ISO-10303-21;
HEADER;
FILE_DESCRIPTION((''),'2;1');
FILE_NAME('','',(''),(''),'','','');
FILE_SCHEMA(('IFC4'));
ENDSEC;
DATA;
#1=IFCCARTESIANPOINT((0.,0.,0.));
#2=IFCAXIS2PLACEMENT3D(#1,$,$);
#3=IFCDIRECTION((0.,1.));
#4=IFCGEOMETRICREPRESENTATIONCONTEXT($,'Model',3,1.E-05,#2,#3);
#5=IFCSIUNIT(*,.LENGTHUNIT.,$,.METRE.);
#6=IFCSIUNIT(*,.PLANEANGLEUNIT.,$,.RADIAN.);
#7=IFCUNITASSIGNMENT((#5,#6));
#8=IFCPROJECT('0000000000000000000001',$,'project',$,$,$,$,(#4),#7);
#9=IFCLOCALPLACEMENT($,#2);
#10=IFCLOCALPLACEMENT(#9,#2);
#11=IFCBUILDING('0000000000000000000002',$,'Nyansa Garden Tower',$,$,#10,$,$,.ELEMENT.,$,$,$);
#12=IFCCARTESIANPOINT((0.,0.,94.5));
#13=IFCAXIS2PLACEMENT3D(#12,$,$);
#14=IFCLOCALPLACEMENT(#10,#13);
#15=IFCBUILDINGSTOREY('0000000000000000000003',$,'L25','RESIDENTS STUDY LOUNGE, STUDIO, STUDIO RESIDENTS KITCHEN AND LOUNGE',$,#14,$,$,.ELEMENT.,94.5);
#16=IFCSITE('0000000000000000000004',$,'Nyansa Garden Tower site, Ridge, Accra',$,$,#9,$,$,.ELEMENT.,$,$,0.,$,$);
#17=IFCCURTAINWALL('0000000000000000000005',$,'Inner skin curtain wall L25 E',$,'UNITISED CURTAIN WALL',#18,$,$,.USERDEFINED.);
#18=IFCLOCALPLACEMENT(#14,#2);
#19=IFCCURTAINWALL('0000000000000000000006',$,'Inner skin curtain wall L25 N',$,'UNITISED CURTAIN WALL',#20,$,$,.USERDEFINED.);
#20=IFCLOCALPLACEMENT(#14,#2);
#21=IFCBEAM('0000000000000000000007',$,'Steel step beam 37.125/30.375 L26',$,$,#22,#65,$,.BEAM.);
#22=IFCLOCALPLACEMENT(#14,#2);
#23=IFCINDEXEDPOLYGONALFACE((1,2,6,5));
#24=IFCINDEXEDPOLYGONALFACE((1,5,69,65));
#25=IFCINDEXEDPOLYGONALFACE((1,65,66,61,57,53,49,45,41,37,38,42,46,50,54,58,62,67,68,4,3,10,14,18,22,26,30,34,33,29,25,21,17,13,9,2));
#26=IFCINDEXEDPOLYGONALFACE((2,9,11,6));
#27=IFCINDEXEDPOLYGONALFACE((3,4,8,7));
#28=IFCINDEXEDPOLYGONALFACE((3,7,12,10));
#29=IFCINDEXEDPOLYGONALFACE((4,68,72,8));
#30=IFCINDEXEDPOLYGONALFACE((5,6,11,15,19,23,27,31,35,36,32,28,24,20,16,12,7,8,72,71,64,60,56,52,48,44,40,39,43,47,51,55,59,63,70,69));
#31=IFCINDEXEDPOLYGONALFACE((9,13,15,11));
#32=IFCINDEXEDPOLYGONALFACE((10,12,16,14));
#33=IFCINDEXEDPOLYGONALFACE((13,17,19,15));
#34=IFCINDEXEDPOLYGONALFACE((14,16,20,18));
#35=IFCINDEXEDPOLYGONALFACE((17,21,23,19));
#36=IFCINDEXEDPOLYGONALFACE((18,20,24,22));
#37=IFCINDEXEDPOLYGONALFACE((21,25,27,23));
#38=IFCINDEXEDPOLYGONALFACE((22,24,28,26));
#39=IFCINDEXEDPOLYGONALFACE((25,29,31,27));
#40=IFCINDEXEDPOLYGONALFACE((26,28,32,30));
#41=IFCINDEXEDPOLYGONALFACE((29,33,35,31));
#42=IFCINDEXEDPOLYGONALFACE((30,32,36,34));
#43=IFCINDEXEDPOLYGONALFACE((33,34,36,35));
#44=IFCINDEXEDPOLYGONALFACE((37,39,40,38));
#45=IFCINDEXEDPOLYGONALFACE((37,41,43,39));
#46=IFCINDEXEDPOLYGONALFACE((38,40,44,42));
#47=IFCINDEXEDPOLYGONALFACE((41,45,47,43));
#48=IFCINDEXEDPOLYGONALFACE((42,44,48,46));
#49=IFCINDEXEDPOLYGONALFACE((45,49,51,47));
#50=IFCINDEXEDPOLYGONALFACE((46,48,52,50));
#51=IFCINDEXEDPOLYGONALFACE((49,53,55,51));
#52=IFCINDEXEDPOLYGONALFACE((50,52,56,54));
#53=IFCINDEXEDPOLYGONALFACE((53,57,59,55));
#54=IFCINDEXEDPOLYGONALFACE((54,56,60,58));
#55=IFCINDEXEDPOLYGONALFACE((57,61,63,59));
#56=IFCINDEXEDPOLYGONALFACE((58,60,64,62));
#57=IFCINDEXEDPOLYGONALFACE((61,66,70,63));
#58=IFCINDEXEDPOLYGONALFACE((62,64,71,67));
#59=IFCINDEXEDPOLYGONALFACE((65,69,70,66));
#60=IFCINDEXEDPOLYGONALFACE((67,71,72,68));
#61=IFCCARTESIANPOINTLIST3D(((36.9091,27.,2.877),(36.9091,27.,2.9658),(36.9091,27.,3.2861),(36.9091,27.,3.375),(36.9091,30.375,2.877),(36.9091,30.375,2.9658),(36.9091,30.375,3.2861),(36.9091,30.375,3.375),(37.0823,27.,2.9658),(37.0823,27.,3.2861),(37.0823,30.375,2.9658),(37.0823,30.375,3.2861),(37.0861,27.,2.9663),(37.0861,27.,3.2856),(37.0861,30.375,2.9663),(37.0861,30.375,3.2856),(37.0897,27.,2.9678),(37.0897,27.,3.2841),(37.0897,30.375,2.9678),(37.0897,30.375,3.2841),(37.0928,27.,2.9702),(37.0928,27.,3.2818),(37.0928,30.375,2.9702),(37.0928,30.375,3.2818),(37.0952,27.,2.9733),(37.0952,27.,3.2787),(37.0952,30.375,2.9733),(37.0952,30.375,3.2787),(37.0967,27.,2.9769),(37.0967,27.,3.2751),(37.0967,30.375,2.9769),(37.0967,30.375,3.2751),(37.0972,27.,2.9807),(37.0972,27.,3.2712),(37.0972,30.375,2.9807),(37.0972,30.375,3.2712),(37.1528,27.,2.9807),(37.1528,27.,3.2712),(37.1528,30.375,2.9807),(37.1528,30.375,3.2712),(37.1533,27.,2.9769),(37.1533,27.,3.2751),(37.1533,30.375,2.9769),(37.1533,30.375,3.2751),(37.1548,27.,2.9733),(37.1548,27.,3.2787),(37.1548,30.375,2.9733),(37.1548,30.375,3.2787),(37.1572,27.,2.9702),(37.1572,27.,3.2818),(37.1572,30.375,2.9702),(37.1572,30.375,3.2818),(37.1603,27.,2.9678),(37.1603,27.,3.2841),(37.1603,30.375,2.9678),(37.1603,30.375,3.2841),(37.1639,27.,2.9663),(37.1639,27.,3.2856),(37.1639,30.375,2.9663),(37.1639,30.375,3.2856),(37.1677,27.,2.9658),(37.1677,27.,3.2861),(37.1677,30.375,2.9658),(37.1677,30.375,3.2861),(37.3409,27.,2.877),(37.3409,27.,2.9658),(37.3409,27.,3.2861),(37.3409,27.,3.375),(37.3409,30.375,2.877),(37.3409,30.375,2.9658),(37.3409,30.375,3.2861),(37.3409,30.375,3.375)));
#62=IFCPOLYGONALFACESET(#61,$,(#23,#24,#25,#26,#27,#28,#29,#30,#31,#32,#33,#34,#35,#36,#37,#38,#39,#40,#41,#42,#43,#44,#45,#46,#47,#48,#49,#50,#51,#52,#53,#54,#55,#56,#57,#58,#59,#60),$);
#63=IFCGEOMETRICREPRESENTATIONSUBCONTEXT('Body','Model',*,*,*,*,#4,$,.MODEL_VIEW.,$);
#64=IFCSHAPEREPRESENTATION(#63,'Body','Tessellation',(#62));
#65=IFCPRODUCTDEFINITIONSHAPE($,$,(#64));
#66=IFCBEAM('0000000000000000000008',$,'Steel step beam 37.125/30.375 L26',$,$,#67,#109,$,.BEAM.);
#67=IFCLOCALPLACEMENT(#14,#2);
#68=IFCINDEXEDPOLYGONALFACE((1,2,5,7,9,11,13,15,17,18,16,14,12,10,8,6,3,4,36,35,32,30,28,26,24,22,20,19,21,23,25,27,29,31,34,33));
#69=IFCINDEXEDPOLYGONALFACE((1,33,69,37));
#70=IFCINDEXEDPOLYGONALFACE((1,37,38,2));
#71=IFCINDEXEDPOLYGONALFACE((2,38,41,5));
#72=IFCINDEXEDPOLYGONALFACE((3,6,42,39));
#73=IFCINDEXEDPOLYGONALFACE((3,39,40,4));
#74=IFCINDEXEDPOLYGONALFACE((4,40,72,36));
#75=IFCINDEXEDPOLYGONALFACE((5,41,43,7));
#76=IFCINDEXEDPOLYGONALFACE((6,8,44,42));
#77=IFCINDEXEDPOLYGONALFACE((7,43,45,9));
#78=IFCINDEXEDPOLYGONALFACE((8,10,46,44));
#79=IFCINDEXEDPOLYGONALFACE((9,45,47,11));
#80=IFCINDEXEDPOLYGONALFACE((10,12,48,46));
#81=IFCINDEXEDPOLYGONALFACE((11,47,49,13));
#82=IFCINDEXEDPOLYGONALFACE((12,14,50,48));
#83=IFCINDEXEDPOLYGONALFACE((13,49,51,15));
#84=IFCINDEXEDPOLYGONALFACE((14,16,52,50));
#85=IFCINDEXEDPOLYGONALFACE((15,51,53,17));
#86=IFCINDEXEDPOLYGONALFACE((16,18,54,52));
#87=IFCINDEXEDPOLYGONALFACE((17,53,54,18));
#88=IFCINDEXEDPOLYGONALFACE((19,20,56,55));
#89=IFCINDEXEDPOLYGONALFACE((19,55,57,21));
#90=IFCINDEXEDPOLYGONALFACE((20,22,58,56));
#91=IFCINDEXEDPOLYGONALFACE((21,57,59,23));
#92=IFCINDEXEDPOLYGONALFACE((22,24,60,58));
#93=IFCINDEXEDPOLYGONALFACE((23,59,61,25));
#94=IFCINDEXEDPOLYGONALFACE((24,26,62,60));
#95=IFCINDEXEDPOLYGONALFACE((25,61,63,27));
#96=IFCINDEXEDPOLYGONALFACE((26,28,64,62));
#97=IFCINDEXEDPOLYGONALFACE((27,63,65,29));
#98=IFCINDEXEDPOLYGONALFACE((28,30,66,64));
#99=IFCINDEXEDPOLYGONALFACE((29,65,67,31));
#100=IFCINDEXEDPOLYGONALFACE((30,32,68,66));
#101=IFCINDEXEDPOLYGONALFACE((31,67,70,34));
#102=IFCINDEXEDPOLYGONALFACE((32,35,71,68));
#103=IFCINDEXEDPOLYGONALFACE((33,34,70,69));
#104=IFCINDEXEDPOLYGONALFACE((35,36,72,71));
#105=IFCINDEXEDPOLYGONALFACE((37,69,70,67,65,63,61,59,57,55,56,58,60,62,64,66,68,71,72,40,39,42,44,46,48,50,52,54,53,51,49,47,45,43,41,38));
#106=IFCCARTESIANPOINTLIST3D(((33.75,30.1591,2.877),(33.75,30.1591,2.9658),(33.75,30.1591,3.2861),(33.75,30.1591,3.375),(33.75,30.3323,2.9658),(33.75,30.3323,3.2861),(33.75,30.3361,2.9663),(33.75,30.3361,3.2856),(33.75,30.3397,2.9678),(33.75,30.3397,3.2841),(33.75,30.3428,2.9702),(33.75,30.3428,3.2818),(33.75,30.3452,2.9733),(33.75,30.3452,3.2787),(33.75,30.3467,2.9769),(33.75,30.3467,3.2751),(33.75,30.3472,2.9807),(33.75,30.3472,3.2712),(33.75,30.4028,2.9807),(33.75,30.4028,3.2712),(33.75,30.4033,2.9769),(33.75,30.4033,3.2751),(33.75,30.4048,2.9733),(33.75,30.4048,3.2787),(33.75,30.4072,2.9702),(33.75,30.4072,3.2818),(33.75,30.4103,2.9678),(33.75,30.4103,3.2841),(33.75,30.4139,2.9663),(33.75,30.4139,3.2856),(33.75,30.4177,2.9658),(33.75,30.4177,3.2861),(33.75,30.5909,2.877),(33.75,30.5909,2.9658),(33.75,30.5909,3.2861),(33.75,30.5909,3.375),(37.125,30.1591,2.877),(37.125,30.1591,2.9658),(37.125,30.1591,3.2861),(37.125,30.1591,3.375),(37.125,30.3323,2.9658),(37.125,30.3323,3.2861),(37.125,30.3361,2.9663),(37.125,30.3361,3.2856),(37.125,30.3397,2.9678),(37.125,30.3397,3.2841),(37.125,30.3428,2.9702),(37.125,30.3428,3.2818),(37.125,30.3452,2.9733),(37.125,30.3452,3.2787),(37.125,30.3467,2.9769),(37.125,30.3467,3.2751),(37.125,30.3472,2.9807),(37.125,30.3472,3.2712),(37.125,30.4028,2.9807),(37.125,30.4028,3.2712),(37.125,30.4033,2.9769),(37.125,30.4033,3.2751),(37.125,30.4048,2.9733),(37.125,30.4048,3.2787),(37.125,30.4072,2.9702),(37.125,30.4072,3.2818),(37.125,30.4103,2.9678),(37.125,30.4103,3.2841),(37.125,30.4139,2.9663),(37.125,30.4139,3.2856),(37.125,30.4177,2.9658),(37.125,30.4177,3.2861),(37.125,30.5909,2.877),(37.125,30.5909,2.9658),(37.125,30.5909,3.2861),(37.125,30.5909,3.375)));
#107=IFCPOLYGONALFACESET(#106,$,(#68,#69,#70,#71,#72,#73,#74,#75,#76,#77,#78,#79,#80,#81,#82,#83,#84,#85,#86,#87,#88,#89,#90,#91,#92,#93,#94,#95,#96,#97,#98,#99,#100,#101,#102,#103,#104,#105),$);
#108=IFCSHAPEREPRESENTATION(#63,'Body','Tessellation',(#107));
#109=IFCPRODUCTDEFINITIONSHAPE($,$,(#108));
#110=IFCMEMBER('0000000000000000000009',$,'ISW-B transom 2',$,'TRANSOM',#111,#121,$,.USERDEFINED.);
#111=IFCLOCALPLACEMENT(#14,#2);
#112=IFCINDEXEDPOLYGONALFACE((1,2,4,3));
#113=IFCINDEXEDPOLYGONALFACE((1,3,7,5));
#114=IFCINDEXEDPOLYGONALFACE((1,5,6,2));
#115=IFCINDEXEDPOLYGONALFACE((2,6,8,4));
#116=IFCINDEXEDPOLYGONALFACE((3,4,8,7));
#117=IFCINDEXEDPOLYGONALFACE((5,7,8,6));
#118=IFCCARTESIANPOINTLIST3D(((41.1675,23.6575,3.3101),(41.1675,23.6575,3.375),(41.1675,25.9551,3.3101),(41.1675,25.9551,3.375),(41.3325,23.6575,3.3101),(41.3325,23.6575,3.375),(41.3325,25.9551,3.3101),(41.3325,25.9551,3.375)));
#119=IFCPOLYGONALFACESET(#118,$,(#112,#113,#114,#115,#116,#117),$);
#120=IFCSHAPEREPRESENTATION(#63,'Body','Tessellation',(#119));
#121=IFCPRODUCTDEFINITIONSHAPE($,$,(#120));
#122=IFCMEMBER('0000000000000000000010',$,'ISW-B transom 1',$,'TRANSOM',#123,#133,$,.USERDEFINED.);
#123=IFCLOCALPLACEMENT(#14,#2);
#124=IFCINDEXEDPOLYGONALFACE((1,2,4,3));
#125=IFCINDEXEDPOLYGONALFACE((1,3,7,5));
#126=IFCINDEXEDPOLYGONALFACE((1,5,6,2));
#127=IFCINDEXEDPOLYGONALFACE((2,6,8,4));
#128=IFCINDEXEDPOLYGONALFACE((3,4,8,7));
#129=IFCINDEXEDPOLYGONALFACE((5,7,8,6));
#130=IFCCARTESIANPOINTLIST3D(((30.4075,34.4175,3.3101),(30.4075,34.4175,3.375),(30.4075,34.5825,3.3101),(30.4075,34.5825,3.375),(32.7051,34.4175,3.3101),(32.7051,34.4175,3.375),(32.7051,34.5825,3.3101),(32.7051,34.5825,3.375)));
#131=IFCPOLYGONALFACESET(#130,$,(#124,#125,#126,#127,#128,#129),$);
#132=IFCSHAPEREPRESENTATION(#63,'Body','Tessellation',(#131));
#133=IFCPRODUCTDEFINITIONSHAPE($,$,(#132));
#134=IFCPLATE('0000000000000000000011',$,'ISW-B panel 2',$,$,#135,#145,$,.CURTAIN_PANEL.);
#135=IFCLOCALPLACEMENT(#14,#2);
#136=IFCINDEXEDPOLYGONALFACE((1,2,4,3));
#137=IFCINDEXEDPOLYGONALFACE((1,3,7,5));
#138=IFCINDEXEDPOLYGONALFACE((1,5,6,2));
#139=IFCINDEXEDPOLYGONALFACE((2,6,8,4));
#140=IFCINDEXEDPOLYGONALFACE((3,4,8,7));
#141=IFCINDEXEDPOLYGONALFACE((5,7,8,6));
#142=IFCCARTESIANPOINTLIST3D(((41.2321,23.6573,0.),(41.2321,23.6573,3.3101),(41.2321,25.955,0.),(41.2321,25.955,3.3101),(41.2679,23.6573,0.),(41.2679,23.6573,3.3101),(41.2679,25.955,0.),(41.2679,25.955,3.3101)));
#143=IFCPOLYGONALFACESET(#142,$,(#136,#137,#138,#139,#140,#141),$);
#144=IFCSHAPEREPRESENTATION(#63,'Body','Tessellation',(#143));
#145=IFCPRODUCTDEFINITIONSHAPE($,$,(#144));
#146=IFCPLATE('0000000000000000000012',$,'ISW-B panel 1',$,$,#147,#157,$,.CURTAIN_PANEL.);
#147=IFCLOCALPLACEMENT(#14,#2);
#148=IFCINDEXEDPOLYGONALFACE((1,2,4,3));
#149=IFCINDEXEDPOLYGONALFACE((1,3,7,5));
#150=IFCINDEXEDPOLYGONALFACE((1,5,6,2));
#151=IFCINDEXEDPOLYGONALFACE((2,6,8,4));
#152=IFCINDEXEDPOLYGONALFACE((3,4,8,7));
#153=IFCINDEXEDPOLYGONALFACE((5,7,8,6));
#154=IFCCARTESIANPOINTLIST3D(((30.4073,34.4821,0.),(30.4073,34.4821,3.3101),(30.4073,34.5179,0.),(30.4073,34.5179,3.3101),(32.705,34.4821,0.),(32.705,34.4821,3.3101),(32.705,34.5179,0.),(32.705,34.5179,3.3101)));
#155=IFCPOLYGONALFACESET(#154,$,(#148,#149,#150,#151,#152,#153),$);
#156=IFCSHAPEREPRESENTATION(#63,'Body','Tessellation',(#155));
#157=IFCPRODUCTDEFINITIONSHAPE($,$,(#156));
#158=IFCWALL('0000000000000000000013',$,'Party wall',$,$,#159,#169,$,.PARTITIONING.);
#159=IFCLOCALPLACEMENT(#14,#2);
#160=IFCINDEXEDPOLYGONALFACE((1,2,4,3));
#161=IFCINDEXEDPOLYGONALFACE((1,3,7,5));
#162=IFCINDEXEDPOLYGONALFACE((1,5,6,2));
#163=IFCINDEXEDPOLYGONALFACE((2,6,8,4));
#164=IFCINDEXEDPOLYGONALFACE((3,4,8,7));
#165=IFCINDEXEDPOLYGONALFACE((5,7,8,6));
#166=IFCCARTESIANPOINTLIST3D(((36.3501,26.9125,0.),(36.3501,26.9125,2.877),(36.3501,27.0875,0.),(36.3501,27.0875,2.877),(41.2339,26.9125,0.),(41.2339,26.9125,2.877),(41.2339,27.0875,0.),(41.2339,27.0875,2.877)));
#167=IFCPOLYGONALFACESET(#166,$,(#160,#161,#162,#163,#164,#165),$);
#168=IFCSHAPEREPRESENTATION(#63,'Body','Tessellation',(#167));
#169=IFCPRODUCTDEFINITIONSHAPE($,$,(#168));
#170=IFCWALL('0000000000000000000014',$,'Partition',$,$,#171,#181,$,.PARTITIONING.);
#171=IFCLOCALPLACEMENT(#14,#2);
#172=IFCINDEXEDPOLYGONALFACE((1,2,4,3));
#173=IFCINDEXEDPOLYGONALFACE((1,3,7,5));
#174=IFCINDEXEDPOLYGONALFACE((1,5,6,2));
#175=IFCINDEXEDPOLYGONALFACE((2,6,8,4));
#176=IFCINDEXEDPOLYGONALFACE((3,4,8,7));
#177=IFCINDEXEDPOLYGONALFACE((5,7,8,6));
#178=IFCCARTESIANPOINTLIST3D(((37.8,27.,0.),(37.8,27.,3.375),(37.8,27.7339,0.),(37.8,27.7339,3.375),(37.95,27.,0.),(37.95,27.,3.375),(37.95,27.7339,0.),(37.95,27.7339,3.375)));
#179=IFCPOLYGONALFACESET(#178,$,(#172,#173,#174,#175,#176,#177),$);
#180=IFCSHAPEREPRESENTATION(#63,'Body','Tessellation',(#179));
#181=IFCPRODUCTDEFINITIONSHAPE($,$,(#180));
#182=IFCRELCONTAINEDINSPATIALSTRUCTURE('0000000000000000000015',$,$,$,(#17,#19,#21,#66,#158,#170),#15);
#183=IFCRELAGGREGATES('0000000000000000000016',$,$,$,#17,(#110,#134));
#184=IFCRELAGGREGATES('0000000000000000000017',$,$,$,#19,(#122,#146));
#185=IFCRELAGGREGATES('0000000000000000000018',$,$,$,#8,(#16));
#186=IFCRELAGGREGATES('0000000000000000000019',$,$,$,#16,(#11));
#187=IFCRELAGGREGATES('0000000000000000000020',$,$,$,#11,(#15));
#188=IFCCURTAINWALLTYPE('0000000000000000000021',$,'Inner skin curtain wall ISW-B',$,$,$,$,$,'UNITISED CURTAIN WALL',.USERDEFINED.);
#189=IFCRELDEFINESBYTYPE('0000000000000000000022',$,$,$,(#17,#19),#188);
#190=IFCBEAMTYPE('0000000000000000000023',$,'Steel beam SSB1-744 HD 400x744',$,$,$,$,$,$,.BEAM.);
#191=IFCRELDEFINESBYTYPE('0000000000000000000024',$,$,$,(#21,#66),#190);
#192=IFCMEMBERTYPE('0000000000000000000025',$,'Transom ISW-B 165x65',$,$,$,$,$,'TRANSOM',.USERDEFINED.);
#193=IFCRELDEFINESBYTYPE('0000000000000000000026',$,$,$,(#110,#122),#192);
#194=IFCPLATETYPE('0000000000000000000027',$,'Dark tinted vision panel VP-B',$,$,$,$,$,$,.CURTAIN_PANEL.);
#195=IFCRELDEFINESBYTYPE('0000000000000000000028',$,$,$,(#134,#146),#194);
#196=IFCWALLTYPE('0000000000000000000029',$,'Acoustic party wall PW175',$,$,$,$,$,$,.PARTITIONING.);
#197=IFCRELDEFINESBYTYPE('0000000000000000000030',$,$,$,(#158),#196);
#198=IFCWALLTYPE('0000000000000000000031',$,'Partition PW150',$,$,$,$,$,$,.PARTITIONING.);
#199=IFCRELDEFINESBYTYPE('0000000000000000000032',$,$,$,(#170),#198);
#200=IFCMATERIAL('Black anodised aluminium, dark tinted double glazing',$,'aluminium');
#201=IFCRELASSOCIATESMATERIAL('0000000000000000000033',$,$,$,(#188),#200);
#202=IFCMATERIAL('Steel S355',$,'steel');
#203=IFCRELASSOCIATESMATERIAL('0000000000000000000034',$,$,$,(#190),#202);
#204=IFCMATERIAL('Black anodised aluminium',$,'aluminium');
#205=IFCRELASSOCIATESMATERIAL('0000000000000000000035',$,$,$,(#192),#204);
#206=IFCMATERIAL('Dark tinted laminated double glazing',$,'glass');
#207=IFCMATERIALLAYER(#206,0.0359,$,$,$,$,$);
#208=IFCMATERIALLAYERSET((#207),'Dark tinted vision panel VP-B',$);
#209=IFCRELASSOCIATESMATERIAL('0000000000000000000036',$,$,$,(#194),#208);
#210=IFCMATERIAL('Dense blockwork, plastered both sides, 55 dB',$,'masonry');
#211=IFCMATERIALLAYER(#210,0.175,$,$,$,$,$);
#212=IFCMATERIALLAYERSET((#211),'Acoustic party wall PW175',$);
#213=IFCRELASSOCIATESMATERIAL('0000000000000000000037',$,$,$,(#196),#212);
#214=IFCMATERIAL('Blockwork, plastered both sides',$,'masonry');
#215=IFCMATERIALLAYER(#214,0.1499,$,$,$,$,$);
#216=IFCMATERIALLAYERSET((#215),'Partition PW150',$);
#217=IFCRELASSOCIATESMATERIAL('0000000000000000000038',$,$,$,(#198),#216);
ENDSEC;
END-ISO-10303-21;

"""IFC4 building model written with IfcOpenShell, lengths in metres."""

from ifc_helpers import new_model, si_unit, direction, frame, frame_2d, origin, origin_2d, place, context, subcontext, project, spatial, rectangle, i_section, extrude, material, layer, layer_set, material_profile, profile_set, type_object, element, aggregate, save


model = new_model("IFC4")

# Units and contexts
model_context = context("Model", 3, precision=1e-05, world=origin(), true_north=direction((0.0, 1.0)))
body_context = subcontext(model_context, "Body", "Model", "MODEL_VIEW")
ifc_project = project(units=[si_unit("LENGTHUNIT", "METRE"), si_unit("PLANEANGLEUNIT", "RADIAN")], contexts=[model_context])

# Site, building, storey
site_placement = place(None, origin())
site = spatial("IfcSite", under=ifc_project, at=site_placement, Name="Nyansa Garden Tower site, Ridge, Accra", CompositionType="ELEMENT", RefElevation=0.0)
building_placement = place(site_placement, origin())
building = spatial("IfcBuilding", under=site, at=building_placement, Name="Nyansa Garden Tower", CompositionType="ELEMENT")
storey_placement = place(building_placement, frame((0.0, 0.0, 94.5)))
storey = spatial("IfcBuildingStorey", under=building, at=storey_placement, Name="L25", Description="RESIDENTS STUDY LOUNGE, STUDIO, STUDIO RESIDENTS KITCHEN AND LOUNGE", CompositionType="ELEMENT", Elevation=94.5)

# Curtain wall
ifc_material_1 = material(Name="Black anodised aluminium, dark tinted double glazing", Category="aluminium")
curtain_wall_type = type_object("IfcCurtainWallType", Name="Inner skin curtain wall ISW-B", ElementType="UNITISED CURTAIN WALL", PredefinedType="USERDEFINED", material=ifc_material_1)
curtain_wall_1_placement = place(storey_placement, origin())
curtain_wall_1 = element("IfcCurtainWall", 1, at=curtain_wall_1_placement, inside=storey, type_object=curtain_wall_type, Name="Inner skin curtain wall L25 E", ObjectType="UNITISED CURTAIN WALL", PredefinedType="USERDEFINED")

# Curtain wall
curtain_wall_2_placement = place(storey_placement, origin())
curtain_wall_2 = element("IfcCurtainWall", 2, at=curtain_wall_2_placement, inside=storey, type_object=curtain_wall_type, Name="Inner skin curtain wall L25 N", ObjectType="UNITISED CURTAIN WALL", PredefinedType="USERDEFINED")

# Beams
ifc_material_2 = material(Name="Steel S355", Category="steel")
ifc_material_profile_1 = material_profile(ifc_material_2, i_section(OverallWidth=0.4319, OverallDepth=0.498, WebThickness=0.0557, FlangeThickness=0.0889, FilletRadius=0.0149, at=origin_2d()), Name="HD 400x744")
ifc_profile_set_1 = profile_set([ifc_material_profile_1], Name="Steel S355")
beam_type_1 = type_object("IfcBeamType", Name="Steel beam SSB1-744 HD 400x744", PredefinedType="BEAM", material=ifc_profile_set_1)
for number, where, z_axis, x_axis, name in (
    (3, (37.125, 30.375, 3.126), (0.0, -1.0, 0.0), (1.0, 0.0, 0.0), "Steel step beam 37.125/30.375 L26"),
    (4, (37.125, 30.375, 3.126), (-1.0, 0.0, 0.0), (0.0, -1.0, 0.0), "Steel step beam 37.125/30.375 L26"),
):
    element("IfcBeam", number, at=place(storey_placement, frame(where, z_axis=z_axis, x_axis=x_axis)), inside=storey, type_object=beam_type_1, Name=name, PredefinedType="BEAM", context=body_context, shape_type="SweptSolid", body=[
        extrude(i_section(OverallWidth=0.4319, OverallDepth=0.498, WebThickness=0.0557, FlangeThickness=0.0889, FilletRadius=0.0149, at=origin_2d()), origin(), (0.0, 0.0, 1.0), 3.375),
    ])

# Members
ifc_material_3 = material(Name="Black anodised aluminium", Category="aluminium")
ifc_material_profile_2 = material_profile(ifc_material_3, rectangle(XDim=0.165, YDim=0.0649, at=origin_2d()), Name="Transom 165x65")
ifc_profile_set_2 = profile_set([ifc_material_profile_2], Name="Black anodised aluminium")
member_type_1 = type_object("IfcMemberType", Name="Transom ISW-B 165x65", ElementType="TRANSOM", PredefinedType="USERDEFINED", material=ifc_profile_set_2)
member_1_placement = place(storey_placement, frame((41.25, 23.6575, 3.3425), z_axis=(0.0, 1.0, 0.0), x_axis=(-1.0, 0.0, 0.0)))
member_1 = element("IfcMember", 5, at=member_1_placement, type_object=member_type_1, Name="ISW-B transom 2", ObjectType="TRANSOM", PredefinedType="USERDEFINED", context=body_context, shape_type="SweptSolid", body=[
    extrude(rectangle(XDim=0.165, YDim=0.0649, at=origin_2d()), origin(), (0.0, 0.0, 1.0), 2.2976),
])
member_2_placement = place(storey_placement, frame((32.7051, 34.5, 3.3425), z_axis=(-1.0, 0.0, 0.0), x_axis=(0.0, -1.0, 0.0)))
member_2 = element("IfcMember", 6, at=member_2_placement, type_object=member_type_1, Name="ISW-B transom 1", ObjectType="TRANSOM", PredefinedType="USERDEFINED", context=body_context, shape_type="SweptSolid", body=[
    extrude(rectangle(XDim=0.165, YDim=0.0649, at=origin_2d()), origin(), (0.0, 0.0, 1.0), 2.2976),
])

# Plates
ifc_material_4 = material(Name="Dark tinted laminated double glazing", Category="glass")
ifc_layer_1 = layer(ifc_material_4, 0.0359)
ifc_layer_set_1 = layer_set([ifc_layer_1], Name="Dark tinted vision panel VP-B")
plate_type = type_object("IfcPlateType", Name="Dark tinted vision panel VP-B", PredefinedType="CURTAIN_PANEL", material=ifc_layer_set_1)
plate_1_placement = place(storey_placement, frame((41.25, 24.8062, 0.0), z_axis=(0.0, 0.0, 1.0), x_axis=(0.0, 1.0, 0.0)))
plate_1 = element("IfcPlate", 7, at=plate_1_placement, type_object=plate_type, Name="ISW-B panel 2", PredefinedType="CURTAIN_PANEL", context=body_context, shape_type="SweptSolid", body=[
    extrude(rectangle(XDim=2.2976, YDim=0.0359, at=origin_2d()), origin(), (0.0, 0.0, 1.0), 3.3101),
])
aggregate(curtain_wall_1, [member_1, plate_1])
plate_2_placement = place(storey_placement, frame((31.5562, 34.5, 0.0), z_axis=(0.0, 0.0, 1.0), x_axis=(-1.0, 0.0, 0.0)))
plate_2 = element("IfcPlate", 8, at=plate_2_placement, type_object=plate_type, Name="ISW-B panel 1", PredefinedType="CURTAIN_PANEL", context=body_context, shape_type="SweptSolid", body=[
    extrude(rectangle(XDim=2.2976, YDim=0.0359, at=origin_2d()), origin(), (0.0, 0.0, 1.0), 3.3101),
])
aggregate(curtain_wall_2, [member_2, plate_2])

# Walls
ifc_material_5 = material(Name="Dense blockwork, plastered both sides, 55 dB", Category="masonry")
ifc_layer_2 = layer(ifc_material_5, 0.175)
ifc_layer_set_2 = layer_set([ifc_layer_2], Name="Acoustic party wall PW175")
wall_type_1 = type_object("IfcWallType", Name="Acoustic party wall PW175", PredefinedType="PARTITIONING", material=ifc_layer_set_2)
wall_1_placement = place(storey_placement, frame((36.3501, 27.0, 0.0), z_axis=(0.0, 0.0, 1.0), x_axis=(1.0, 0.0, 0.0)))
element("IfcWall", 9, at=wall_1_placement, inside=storey, type_object=wall_type_1, Name="Party wall", PredefinedType="PARTITIONING", context=body_context, shape_type="SweptSolid", body=[
    extrude(rectangle(XDim=4.8838, YDim=0.175, at=frame_2d((2.4419, 0.0))), origin(), (0.0, 0.0, 1.0), 2.877),
])
ifc_material_6 = material(Name="Blockwork, plastered both sides", Category="masonry")
ifc_layer_3 = layer(ifc_material_6, 0.1499)
ifc_layer_set_3 = layer_set([ifc_layer_3], Name="Partition PW150")
wall_type_2 = type_object("IfcWallType", Name="Partition PW150", PredefinedType="PARTITIONING", material=ifc_layer_set_3)
wall_2_placement = place(storey_placement, frame((37.875, 27.0, 0.0), z_axis=(0.0, 0.0, 1.0), x_axis=(0.0, 1.0, 0.0)))
element("IfcWall", 10, at=wall_2_placement, inside=storey, type_object=wall_type_2, Name="Partition", PredefinedType="PARTITIONING", context=body_context, shape_type="SweptSolid", body=[
    extrude(rectangle(XDim=0.7339, YDim=0.1499, at=frame_2d((0.3669, 0.0))), origin(), (0.0, 0.0, 1.0), 3.375),
])

save(model, "model.ifc")
